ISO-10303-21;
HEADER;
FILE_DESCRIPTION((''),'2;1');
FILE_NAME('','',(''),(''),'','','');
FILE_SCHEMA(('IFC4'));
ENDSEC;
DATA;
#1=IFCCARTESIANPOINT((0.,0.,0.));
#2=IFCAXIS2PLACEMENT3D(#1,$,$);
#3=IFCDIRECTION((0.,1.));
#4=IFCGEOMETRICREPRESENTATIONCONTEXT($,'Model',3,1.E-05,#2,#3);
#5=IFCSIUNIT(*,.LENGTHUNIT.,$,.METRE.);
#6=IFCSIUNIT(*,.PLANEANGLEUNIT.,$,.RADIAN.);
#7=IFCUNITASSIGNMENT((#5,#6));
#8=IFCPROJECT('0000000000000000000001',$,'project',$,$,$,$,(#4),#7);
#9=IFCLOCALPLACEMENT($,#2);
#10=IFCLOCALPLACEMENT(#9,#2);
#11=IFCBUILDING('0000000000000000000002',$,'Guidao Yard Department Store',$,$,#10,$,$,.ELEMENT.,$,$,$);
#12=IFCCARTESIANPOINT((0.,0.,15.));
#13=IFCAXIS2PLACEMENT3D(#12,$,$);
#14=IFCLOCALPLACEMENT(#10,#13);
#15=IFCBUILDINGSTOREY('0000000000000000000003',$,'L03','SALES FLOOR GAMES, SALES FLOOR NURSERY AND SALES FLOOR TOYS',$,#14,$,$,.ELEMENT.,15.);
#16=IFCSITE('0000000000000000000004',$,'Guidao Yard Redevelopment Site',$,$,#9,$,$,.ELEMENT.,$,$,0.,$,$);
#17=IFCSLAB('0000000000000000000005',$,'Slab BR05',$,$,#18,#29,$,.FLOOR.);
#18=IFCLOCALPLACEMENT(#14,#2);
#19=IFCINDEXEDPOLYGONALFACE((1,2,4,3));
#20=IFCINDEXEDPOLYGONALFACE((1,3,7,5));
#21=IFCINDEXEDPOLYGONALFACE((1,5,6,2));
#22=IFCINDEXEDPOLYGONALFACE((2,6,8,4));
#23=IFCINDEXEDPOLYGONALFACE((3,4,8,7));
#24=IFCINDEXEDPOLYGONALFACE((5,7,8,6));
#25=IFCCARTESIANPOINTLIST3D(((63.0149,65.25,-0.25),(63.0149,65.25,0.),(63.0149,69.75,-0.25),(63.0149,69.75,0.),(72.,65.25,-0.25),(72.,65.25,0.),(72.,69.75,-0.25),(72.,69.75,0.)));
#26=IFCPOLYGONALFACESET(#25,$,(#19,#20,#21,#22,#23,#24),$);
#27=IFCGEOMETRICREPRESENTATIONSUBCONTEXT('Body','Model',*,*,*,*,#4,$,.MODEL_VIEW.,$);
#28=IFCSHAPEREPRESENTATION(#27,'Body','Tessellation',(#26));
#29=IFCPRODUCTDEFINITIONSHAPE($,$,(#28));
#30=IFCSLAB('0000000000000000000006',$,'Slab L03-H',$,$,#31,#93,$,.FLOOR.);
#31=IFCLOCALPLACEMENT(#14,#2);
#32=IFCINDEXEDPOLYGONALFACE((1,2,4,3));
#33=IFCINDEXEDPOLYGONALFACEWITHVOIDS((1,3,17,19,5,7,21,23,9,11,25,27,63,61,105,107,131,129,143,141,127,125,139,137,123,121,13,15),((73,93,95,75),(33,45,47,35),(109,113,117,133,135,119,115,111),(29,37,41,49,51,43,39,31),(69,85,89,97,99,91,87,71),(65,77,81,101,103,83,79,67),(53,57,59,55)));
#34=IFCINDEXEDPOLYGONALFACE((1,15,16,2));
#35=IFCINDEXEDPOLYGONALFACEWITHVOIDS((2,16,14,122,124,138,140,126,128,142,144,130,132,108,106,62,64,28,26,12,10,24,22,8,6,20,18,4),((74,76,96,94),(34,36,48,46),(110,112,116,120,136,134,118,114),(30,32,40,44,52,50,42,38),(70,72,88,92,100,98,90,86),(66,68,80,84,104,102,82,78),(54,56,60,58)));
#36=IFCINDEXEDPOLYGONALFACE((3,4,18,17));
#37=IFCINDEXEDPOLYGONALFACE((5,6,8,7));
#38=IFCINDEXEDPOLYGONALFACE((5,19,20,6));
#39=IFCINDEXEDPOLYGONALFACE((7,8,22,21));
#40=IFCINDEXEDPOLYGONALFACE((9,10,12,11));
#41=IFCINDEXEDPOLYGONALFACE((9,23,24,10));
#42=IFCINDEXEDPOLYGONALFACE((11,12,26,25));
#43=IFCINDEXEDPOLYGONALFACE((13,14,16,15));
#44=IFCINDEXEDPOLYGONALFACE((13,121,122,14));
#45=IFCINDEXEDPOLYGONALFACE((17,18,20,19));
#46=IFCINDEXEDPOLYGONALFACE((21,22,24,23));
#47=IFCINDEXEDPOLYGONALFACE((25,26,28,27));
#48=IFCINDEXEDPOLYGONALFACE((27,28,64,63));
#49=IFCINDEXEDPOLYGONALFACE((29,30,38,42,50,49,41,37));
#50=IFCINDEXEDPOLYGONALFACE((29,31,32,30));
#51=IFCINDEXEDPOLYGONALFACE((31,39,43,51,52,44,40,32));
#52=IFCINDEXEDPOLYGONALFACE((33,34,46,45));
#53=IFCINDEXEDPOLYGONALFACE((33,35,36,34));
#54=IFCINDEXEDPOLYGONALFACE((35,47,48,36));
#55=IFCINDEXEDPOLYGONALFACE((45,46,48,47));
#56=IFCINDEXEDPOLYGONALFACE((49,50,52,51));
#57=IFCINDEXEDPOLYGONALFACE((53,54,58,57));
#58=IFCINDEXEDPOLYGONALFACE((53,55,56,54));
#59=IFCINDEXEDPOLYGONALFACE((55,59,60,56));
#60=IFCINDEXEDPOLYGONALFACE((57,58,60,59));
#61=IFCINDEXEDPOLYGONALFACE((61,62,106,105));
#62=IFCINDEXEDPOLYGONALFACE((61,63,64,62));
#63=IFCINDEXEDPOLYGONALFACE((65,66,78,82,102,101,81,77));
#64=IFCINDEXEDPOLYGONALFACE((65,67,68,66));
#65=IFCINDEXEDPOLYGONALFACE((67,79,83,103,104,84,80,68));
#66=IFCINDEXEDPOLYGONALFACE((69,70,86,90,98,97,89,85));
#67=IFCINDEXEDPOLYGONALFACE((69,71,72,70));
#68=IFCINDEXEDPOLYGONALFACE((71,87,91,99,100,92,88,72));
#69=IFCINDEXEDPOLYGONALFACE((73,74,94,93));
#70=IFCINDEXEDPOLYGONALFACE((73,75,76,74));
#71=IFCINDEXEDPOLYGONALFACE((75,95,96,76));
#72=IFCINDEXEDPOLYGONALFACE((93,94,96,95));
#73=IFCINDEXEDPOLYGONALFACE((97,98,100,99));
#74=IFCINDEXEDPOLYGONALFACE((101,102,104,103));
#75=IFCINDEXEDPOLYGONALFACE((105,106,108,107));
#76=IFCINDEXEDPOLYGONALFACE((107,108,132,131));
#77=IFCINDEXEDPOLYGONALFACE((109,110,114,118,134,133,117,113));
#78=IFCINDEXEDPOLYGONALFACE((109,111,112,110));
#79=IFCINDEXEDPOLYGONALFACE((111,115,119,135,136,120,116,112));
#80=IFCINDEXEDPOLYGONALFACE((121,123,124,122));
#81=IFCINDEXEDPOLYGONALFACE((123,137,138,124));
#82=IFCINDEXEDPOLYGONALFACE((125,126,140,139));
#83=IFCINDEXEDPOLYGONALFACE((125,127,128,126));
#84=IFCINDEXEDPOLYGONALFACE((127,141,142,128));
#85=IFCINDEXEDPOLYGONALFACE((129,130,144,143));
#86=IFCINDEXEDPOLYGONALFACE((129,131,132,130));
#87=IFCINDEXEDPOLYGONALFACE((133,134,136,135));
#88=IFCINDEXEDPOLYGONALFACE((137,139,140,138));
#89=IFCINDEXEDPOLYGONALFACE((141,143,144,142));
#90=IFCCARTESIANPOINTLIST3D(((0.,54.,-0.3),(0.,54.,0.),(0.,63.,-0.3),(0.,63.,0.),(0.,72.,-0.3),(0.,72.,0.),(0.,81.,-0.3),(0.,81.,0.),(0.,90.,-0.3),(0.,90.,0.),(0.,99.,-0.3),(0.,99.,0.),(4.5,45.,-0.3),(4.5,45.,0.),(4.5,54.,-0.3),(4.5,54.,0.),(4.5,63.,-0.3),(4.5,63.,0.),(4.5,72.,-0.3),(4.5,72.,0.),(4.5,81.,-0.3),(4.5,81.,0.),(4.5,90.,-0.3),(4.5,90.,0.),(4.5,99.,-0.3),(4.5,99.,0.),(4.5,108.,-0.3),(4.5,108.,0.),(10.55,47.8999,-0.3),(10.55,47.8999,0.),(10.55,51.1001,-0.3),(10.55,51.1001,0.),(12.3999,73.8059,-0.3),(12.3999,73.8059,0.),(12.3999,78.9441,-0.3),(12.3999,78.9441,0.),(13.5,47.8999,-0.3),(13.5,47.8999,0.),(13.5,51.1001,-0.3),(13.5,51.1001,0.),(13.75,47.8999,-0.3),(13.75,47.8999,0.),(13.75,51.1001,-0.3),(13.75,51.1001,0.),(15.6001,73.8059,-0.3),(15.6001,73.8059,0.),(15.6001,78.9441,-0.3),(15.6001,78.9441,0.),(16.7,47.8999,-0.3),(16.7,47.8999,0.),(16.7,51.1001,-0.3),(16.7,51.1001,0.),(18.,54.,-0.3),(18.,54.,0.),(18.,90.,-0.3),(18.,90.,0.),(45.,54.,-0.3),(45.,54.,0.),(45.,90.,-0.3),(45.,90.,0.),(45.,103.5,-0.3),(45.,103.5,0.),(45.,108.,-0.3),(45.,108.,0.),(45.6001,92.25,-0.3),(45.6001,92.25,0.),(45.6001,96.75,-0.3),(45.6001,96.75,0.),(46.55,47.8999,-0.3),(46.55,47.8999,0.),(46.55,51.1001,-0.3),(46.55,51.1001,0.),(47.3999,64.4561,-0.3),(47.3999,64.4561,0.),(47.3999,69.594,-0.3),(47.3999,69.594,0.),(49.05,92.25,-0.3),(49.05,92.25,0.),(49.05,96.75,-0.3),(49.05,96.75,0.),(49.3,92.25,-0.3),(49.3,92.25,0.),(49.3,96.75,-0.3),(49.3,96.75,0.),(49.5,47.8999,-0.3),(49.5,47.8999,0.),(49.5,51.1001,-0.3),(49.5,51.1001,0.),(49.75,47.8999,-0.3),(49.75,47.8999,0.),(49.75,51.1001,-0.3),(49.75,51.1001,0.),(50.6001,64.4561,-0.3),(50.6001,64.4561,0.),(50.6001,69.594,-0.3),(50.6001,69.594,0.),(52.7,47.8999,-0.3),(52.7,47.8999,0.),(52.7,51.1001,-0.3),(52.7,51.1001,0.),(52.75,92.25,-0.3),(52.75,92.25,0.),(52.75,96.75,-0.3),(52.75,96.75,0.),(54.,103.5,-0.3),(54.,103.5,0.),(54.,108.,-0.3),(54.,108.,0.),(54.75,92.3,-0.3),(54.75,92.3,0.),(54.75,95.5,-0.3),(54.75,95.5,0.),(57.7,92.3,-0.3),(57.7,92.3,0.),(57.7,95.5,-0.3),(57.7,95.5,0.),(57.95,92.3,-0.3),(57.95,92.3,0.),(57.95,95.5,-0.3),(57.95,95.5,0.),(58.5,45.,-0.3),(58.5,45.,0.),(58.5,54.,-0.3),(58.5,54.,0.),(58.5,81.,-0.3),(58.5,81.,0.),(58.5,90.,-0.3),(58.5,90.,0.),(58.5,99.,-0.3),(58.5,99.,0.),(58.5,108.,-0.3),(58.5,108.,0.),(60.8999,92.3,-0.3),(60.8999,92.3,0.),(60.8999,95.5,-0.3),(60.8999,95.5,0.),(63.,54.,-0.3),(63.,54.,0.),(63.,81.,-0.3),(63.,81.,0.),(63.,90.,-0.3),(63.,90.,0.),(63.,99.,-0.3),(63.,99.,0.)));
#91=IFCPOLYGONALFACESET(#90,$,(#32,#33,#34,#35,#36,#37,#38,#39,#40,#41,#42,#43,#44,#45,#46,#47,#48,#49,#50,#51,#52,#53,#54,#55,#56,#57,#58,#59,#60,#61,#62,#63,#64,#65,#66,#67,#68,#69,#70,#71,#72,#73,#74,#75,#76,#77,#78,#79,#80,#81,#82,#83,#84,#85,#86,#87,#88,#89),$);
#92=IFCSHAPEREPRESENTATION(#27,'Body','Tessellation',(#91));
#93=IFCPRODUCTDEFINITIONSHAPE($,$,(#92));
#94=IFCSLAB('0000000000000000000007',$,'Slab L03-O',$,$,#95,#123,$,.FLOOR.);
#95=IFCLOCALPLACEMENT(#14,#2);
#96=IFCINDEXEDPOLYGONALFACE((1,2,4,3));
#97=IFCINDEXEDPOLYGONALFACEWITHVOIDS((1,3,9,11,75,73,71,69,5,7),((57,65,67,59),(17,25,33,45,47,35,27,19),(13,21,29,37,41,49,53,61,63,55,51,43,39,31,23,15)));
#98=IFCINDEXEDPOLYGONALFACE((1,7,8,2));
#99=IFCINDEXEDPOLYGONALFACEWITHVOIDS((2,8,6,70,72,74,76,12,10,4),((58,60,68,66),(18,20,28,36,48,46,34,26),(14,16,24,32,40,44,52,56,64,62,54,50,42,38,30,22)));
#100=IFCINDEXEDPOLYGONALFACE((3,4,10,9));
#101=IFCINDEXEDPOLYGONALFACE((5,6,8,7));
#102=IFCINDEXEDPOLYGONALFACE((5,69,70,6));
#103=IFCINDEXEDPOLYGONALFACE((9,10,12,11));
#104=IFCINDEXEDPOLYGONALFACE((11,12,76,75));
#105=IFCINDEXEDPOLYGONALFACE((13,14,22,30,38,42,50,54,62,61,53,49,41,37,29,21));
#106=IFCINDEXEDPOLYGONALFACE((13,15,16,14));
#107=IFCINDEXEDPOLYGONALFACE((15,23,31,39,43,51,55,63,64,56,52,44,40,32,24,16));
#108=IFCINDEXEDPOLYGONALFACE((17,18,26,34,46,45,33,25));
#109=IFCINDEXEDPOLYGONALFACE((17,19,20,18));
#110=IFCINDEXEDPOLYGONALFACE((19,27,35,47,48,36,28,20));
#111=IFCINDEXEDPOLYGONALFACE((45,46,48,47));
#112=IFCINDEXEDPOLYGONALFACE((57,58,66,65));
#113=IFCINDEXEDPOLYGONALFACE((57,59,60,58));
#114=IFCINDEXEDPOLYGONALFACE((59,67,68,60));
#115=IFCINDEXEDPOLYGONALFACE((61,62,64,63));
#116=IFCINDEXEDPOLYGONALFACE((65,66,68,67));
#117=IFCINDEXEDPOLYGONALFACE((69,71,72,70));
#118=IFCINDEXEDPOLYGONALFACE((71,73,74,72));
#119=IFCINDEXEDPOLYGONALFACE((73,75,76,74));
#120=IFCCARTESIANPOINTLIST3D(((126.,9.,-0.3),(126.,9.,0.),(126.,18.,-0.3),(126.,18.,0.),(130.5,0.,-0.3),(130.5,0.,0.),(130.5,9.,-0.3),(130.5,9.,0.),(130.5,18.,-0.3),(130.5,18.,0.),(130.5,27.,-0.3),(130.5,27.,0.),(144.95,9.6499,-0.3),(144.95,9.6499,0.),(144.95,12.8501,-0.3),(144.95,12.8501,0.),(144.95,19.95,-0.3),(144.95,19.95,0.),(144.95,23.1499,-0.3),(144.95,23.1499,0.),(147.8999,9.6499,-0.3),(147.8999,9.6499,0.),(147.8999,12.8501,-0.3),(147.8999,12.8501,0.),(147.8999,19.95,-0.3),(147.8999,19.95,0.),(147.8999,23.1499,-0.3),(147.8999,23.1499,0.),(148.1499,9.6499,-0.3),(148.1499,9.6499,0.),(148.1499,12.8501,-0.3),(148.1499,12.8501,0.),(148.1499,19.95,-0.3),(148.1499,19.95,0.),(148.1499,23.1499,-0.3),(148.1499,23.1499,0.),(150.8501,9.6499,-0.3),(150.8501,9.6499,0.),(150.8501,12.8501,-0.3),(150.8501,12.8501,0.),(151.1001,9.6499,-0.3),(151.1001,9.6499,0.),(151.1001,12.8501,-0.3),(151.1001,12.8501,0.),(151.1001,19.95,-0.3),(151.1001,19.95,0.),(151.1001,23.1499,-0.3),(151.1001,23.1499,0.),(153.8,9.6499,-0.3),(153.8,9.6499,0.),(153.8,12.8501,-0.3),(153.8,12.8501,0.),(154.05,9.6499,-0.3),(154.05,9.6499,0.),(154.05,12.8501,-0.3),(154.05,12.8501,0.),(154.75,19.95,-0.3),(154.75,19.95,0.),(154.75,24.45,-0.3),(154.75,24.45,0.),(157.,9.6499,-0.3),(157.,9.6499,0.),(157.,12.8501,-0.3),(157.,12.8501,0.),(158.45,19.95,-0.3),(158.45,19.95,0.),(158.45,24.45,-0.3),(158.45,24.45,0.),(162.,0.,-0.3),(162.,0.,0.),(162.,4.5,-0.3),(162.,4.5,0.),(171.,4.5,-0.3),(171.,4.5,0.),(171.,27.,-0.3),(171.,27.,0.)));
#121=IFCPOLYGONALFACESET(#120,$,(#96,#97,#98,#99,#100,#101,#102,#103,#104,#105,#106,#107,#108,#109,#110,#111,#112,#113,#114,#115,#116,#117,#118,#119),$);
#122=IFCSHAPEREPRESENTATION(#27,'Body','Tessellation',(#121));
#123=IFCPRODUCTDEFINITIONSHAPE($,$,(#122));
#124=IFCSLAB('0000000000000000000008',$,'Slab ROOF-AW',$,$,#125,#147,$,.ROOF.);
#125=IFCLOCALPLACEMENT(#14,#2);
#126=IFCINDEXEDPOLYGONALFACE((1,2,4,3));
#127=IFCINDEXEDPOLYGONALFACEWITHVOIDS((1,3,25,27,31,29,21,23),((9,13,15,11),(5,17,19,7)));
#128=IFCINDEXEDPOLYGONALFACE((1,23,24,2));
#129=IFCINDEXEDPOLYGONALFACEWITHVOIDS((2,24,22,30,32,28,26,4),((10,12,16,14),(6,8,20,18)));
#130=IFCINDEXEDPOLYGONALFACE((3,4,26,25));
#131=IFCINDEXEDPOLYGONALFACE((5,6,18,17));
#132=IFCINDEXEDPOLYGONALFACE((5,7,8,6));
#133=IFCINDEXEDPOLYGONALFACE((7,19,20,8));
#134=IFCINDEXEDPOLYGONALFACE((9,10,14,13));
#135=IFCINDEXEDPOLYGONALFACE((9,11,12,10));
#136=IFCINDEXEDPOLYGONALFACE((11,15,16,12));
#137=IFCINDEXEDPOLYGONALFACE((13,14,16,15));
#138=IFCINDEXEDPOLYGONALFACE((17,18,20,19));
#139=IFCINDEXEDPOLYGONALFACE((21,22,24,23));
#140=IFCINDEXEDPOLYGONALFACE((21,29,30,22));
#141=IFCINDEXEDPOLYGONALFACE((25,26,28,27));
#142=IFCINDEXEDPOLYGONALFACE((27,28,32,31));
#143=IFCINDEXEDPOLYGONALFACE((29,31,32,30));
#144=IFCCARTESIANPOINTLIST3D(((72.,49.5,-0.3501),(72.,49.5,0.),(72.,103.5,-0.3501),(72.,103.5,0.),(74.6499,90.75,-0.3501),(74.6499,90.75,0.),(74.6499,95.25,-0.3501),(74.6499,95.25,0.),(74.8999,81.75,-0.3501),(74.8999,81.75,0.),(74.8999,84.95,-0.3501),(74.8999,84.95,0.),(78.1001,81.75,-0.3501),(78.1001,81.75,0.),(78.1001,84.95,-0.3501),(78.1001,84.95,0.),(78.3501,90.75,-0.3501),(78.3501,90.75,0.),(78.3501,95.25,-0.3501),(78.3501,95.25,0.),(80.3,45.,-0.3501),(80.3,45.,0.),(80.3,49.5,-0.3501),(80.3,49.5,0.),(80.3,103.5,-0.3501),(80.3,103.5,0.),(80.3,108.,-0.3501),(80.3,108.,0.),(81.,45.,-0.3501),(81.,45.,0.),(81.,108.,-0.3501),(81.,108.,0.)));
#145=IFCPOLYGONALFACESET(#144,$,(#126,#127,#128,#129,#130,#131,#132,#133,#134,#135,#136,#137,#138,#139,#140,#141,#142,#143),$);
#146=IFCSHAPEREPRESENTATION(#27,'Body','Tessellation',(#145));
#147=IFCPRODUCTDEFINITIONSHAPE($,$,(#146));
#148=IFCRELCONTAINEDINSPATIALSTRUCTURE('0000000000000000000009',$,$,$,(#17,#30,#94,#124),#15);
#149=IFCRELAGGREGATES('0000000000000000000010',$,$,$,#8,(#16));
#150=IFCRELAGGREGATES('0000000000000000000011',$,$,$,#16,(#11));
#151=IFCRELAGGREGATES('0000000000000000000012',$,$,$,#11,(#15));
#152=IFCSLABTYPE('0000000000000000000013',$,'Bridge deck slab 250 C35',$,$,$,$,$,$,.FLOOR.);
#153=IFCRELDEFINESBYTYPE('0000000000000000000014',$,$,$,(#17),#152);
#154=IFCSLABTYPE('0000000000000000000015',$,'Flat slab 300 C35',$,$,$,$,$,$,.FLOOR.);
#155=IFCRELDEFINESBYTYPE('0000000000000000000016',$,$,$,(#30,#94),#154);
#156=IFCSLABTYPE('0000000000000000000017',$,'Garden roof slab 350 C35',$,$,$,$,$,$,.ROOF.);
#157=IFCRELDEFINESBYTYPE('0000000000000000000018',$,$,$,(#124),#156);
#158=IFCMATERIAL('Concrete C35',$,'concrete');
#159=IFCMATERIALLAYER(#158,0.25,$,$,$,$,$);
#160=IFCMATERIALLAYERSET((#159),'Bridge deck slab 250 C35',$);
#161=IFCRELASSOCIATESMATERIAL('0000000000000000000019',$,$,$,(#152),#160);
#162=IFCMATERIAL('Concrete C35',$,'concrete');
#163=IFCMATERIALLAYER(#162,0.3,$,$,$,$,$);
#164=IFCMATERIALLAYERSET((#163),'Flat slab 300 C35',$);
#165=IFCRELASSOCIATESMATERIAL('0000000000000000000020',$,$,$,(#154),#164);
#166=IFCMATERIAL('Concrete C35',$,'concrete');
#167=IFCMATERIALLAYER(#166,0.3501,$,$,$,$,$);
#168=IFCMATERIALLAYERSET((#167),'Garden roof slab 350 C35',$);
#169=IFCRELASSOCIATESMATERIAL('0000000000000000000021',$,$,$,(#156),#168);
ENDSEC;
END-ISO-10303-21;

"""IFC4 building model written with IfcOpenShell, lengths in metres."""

from ifc_helpers import new_model, si_unit, direction, frame, origin, place, context, subcontext, project, spatial, polyline, outline, extrude, material, layer, layer_set, type_object, element, save


model = new_model("IFC4")

# Units and contexts
model_context = context("Model", 3, precision=1e-05, world=origin(), true_north=direction((0.0, 1.0)))
body_context = subcontext(model_context, "Body", "Model", "MODEL_VIEW")
ifc_project = project(units=[si_unit("LENGTHUNIT", "METRE"), si_unit("PLANEANGLEUNIT", "RADIAN")], contexts=[model_context])

# Site, building, storey
site_placement = place(None, origin())
site = spatial("IfcSite", under=ifc_project, at=site_placement, Name="Guidao Yard Redevelopment Site", CompositionType="ELEMENT", RefElevation=0.0)
building_placement = place(site_placement, origin())
building = spatial("IfcBuilding", under=site, at=building_placement, Name="Guidao Yard Department Store", CompositionType="ELEMENT")
storey_placement = place(building_placement, frame((0.0, 0.0, 15.0)))
storey = spatial("IfcBuildingStorey", under=building, at=storey_placement, Name="L03", Description="SALES FLOOR GAMES, SALES FLOOR NURSERY AND SALES FLOOR TOYS", CompositionType="ELEMENT", Elevation=15.0)

# Slabs
ifc_material_1 = material(Name="Concrete C35", Category="concrete")
ifc_layer_1 = layer(ifc_material_1, 0.25)
ifc_layer_set_1 = layer_set([ifc_layer_1], Name="Bridge deck slab 250 C35")
slab_type_1 = type_object("IfcSlabType", Name="Bridge deck slab 250 C35", PredefinedType="FLOOR", material=ifc_layer_set_1)
slab_1_placement = place(storey_placement, frame((0.0, 0.0, -0.25)))
element("IfcSlab", 1, at=slab_1_placement, inside=storey, type_object=slab_type_1, Name="Slab BR05", PredefinedType="FLOOR", context=body_context, shape_type="SweptSolid", body=[
    extrude(outline(polyline([(63.0149, 65.25), (63.0149, 69.75), (72.0, 69.75), (72.0, 65.25), (63.0149, 65.25)])), origin(), (0.0, 0.0, 1.0), 0.25),
])
ifc_material_2 = material(Name="Concrete C35", Category="concrete")
ifc_layer_2 = layer(ifc_material_2, 0.3)
ifc_layer_set_2 = layer_set([ifc_layer_2], Name="Flat slab 300 C35")
slab_type_2 = type_object("IfcSlabType", Name="Flat slab 300 C35", PredefinedType="FLOOR", material=ifc_layer_set_2)
slab_2_placement = place(storey_placement, frame((0.0, 0.0, -0.3)))
element("IfcSlab", 2, at=slab_2_placement, inside=storey, type_object=slab_type_2, Name="Slab L03-H", PredefinedType="FLOOR", context=body_context, shape_type="SweptSolid", body=[
    extrude(outline(polyline([(58.5, 54.0), (58.5, 45.0), (4.5, 45.0), (4.5, 54.0), (0.0, 54.0), (0.0, 63.0), (4.5, 63.0), (4.5, 72.0), (0.0, 72.0), (0.0, 81.0), (4.5, 81.0), (4.5, 90.0), (0.0, 90.0), (0.0, 99.0), (4.5, 99.0), (4.5, 108.0), (45.0, 108.0), (45.0, 103.5), (54.0, 103.5), (54.0, 108.0), (58.5, 108.0), (58.5, 99.0), (63.0, 99.0), (63.0, 90.0), (58.5, 90.0), (58.5, 81.0), (63.0, 81.0), (63.0, 54.0), (58.5, 54.0)]), holes=[polyline([(16.7, 51.1001), (13.75, 51.1001), (13.5, 51.1001), (10.55, 51.1001), (10.55, 47.8999), (13.5, 47.8999), (13.75, 47.8999), (16.7, 47.8999), (16.7, 51.1001)]), polyline([(46.55, 47.8999), (49.5, 47.8999), (49.75, 47.8999), (52.7, 47.8999), (52.7, 51.1001), (49.75, 51.1001), (49.5, 51.1001), (46.55, 51.1001), (46.55, 47.8999)]), polyline([(47.3999, 69.594), (47.3999, 64.4561), (50.6001, 64.4561), (50.6001, 69.594), (47.3999, 69.594)]), polyline([(18.0, 90.0), (18.0, 54.0), (45.0, 54.0), (45.0, 90.0), (18.0, 90.0)]), polyline([(12.3999, 78.9441), (12.3999, 73.8059), (15.6001, 73.8059), (15.6001, 78.9441), (12.3999, 78.9441)]), polyline([(54.75, 92.3), (57.7, 92.3), (57.95, 92.3), (60.8999, 92.3), (60.8999, 95.5), (57.95, 95.5), (57.7, 95.5), (54.75, 95.5), (54.75, 92.3)]), polyline([(45.6001, 96.75), (45.6001, 92.25), (49.05, 92.25), (49.3, 92.25), (52.75, 92.25), (52.75, 96.75), (49.3, 96.75), (49.05, 96.75), (45.6001, 96.75)])]), origin(), (0.0, 0.0, 1.0), 0.3),
])
slab_3_placement = place(storey_placement, frame((0.0, 0.0, -0.3)))
element("IfcSlab", 3, at=slab_3_placement, inside=storey, type_object=slab_type_2, Name="Slab L03-O", PredefinedType="FLOOR", context=body_context, shape_type="SweptSolid", body=[
    extrude(outline(polyline([(171.0, 4.5), (162.0, 4.5), (162.0, 0.0), (130.5, 0.0), (130.5, 9.0), (126.0, 9.0), (126.0, 18.0), (130.5, 18.0), (130.5, 27.0), (171.0, 27.0), (171.0, 4.5)]), holes=[polyline([(148.1499, 12.8501), (147.8999, 12.8501), (144.95, 12.8501), (144.95, 9.6499), (147.8999, 9.6499), (148.1499, 9.6499), (150.8501, 9.6499), (151.1001, 9.6499), (153.8, 9.6499), (154.05, 9.6499), (157.0, 9.6499), (157.0, 12.8501), (154.05, 12.8501), (153.8, 12.8501), (151.1001, 12.8501), (150.8501, 12.8501), (148.1499, 12.8501)]), polyline([(144.95, 19.95), (147.8999, 19.95), (148.1499, 19.95), (151.1001, 19.95), (151.1001, 23.1499), (148.1499, 23.1499), (147.8999, 23.1499), (144.95, 23.1499), (144.95, 19.95)]), polyline([(154.75, 19.95), (158.45, 19.95), (158.45, 24.45), (154.75, 24.45), (154.75, 19.95)])]), origin(), (0.0, 0.0, 1.0), 0.3),
])
ifc_material_3 = material(Name="Concrete C35", Category="concrete")
ifc_layer_3 = layer(ifc_material_3, 0.3501)
ifc_layer_set_3 = layer_set([ifc_layer_3], Name="Garden roof slab 350 C35")
slab_type_3 = type_object("IfcSlabType", Name="Garden roof slab 350 C35", PredefinedType="ROOF", material=ifc_layer_set_3)
slab_4_placement = place(storey_placement, frame((0.0, 0.0, -0.3501)))
element("IfcSlab", 4, at=slab_4_placement, inside=storey, type_object=slab_type_3, Name="Slab ROOF-AW", PredefinedType="ROOF", context=body_context, shape_type="SweptSolid", body=[
    extrude(outline(polyline([(80.3, 45.0), (80.3, 49.5), (72.0, 49.5), (72.0, 103.5), (80.3, 103.5), (80.3, 108.0), (81.0, 108.0), (81.0, 45.0), (80.3, 45.0)]), holes=[polyline([(78.1001, 81.75), (78.1001, 84.95), (74.8999, 84.95), (74.8999, 81.75), (78.1001, 81.75)]), polyline([(74.6499, 90.75), (78.3501, 90.75), (78.3501, 95.25), (74.6499, 95.25), (74.6499, 90.75)])]), origin(), (0.0, 0.0, 1.0), 0.3501),
])

save(model, "model.ifc")
